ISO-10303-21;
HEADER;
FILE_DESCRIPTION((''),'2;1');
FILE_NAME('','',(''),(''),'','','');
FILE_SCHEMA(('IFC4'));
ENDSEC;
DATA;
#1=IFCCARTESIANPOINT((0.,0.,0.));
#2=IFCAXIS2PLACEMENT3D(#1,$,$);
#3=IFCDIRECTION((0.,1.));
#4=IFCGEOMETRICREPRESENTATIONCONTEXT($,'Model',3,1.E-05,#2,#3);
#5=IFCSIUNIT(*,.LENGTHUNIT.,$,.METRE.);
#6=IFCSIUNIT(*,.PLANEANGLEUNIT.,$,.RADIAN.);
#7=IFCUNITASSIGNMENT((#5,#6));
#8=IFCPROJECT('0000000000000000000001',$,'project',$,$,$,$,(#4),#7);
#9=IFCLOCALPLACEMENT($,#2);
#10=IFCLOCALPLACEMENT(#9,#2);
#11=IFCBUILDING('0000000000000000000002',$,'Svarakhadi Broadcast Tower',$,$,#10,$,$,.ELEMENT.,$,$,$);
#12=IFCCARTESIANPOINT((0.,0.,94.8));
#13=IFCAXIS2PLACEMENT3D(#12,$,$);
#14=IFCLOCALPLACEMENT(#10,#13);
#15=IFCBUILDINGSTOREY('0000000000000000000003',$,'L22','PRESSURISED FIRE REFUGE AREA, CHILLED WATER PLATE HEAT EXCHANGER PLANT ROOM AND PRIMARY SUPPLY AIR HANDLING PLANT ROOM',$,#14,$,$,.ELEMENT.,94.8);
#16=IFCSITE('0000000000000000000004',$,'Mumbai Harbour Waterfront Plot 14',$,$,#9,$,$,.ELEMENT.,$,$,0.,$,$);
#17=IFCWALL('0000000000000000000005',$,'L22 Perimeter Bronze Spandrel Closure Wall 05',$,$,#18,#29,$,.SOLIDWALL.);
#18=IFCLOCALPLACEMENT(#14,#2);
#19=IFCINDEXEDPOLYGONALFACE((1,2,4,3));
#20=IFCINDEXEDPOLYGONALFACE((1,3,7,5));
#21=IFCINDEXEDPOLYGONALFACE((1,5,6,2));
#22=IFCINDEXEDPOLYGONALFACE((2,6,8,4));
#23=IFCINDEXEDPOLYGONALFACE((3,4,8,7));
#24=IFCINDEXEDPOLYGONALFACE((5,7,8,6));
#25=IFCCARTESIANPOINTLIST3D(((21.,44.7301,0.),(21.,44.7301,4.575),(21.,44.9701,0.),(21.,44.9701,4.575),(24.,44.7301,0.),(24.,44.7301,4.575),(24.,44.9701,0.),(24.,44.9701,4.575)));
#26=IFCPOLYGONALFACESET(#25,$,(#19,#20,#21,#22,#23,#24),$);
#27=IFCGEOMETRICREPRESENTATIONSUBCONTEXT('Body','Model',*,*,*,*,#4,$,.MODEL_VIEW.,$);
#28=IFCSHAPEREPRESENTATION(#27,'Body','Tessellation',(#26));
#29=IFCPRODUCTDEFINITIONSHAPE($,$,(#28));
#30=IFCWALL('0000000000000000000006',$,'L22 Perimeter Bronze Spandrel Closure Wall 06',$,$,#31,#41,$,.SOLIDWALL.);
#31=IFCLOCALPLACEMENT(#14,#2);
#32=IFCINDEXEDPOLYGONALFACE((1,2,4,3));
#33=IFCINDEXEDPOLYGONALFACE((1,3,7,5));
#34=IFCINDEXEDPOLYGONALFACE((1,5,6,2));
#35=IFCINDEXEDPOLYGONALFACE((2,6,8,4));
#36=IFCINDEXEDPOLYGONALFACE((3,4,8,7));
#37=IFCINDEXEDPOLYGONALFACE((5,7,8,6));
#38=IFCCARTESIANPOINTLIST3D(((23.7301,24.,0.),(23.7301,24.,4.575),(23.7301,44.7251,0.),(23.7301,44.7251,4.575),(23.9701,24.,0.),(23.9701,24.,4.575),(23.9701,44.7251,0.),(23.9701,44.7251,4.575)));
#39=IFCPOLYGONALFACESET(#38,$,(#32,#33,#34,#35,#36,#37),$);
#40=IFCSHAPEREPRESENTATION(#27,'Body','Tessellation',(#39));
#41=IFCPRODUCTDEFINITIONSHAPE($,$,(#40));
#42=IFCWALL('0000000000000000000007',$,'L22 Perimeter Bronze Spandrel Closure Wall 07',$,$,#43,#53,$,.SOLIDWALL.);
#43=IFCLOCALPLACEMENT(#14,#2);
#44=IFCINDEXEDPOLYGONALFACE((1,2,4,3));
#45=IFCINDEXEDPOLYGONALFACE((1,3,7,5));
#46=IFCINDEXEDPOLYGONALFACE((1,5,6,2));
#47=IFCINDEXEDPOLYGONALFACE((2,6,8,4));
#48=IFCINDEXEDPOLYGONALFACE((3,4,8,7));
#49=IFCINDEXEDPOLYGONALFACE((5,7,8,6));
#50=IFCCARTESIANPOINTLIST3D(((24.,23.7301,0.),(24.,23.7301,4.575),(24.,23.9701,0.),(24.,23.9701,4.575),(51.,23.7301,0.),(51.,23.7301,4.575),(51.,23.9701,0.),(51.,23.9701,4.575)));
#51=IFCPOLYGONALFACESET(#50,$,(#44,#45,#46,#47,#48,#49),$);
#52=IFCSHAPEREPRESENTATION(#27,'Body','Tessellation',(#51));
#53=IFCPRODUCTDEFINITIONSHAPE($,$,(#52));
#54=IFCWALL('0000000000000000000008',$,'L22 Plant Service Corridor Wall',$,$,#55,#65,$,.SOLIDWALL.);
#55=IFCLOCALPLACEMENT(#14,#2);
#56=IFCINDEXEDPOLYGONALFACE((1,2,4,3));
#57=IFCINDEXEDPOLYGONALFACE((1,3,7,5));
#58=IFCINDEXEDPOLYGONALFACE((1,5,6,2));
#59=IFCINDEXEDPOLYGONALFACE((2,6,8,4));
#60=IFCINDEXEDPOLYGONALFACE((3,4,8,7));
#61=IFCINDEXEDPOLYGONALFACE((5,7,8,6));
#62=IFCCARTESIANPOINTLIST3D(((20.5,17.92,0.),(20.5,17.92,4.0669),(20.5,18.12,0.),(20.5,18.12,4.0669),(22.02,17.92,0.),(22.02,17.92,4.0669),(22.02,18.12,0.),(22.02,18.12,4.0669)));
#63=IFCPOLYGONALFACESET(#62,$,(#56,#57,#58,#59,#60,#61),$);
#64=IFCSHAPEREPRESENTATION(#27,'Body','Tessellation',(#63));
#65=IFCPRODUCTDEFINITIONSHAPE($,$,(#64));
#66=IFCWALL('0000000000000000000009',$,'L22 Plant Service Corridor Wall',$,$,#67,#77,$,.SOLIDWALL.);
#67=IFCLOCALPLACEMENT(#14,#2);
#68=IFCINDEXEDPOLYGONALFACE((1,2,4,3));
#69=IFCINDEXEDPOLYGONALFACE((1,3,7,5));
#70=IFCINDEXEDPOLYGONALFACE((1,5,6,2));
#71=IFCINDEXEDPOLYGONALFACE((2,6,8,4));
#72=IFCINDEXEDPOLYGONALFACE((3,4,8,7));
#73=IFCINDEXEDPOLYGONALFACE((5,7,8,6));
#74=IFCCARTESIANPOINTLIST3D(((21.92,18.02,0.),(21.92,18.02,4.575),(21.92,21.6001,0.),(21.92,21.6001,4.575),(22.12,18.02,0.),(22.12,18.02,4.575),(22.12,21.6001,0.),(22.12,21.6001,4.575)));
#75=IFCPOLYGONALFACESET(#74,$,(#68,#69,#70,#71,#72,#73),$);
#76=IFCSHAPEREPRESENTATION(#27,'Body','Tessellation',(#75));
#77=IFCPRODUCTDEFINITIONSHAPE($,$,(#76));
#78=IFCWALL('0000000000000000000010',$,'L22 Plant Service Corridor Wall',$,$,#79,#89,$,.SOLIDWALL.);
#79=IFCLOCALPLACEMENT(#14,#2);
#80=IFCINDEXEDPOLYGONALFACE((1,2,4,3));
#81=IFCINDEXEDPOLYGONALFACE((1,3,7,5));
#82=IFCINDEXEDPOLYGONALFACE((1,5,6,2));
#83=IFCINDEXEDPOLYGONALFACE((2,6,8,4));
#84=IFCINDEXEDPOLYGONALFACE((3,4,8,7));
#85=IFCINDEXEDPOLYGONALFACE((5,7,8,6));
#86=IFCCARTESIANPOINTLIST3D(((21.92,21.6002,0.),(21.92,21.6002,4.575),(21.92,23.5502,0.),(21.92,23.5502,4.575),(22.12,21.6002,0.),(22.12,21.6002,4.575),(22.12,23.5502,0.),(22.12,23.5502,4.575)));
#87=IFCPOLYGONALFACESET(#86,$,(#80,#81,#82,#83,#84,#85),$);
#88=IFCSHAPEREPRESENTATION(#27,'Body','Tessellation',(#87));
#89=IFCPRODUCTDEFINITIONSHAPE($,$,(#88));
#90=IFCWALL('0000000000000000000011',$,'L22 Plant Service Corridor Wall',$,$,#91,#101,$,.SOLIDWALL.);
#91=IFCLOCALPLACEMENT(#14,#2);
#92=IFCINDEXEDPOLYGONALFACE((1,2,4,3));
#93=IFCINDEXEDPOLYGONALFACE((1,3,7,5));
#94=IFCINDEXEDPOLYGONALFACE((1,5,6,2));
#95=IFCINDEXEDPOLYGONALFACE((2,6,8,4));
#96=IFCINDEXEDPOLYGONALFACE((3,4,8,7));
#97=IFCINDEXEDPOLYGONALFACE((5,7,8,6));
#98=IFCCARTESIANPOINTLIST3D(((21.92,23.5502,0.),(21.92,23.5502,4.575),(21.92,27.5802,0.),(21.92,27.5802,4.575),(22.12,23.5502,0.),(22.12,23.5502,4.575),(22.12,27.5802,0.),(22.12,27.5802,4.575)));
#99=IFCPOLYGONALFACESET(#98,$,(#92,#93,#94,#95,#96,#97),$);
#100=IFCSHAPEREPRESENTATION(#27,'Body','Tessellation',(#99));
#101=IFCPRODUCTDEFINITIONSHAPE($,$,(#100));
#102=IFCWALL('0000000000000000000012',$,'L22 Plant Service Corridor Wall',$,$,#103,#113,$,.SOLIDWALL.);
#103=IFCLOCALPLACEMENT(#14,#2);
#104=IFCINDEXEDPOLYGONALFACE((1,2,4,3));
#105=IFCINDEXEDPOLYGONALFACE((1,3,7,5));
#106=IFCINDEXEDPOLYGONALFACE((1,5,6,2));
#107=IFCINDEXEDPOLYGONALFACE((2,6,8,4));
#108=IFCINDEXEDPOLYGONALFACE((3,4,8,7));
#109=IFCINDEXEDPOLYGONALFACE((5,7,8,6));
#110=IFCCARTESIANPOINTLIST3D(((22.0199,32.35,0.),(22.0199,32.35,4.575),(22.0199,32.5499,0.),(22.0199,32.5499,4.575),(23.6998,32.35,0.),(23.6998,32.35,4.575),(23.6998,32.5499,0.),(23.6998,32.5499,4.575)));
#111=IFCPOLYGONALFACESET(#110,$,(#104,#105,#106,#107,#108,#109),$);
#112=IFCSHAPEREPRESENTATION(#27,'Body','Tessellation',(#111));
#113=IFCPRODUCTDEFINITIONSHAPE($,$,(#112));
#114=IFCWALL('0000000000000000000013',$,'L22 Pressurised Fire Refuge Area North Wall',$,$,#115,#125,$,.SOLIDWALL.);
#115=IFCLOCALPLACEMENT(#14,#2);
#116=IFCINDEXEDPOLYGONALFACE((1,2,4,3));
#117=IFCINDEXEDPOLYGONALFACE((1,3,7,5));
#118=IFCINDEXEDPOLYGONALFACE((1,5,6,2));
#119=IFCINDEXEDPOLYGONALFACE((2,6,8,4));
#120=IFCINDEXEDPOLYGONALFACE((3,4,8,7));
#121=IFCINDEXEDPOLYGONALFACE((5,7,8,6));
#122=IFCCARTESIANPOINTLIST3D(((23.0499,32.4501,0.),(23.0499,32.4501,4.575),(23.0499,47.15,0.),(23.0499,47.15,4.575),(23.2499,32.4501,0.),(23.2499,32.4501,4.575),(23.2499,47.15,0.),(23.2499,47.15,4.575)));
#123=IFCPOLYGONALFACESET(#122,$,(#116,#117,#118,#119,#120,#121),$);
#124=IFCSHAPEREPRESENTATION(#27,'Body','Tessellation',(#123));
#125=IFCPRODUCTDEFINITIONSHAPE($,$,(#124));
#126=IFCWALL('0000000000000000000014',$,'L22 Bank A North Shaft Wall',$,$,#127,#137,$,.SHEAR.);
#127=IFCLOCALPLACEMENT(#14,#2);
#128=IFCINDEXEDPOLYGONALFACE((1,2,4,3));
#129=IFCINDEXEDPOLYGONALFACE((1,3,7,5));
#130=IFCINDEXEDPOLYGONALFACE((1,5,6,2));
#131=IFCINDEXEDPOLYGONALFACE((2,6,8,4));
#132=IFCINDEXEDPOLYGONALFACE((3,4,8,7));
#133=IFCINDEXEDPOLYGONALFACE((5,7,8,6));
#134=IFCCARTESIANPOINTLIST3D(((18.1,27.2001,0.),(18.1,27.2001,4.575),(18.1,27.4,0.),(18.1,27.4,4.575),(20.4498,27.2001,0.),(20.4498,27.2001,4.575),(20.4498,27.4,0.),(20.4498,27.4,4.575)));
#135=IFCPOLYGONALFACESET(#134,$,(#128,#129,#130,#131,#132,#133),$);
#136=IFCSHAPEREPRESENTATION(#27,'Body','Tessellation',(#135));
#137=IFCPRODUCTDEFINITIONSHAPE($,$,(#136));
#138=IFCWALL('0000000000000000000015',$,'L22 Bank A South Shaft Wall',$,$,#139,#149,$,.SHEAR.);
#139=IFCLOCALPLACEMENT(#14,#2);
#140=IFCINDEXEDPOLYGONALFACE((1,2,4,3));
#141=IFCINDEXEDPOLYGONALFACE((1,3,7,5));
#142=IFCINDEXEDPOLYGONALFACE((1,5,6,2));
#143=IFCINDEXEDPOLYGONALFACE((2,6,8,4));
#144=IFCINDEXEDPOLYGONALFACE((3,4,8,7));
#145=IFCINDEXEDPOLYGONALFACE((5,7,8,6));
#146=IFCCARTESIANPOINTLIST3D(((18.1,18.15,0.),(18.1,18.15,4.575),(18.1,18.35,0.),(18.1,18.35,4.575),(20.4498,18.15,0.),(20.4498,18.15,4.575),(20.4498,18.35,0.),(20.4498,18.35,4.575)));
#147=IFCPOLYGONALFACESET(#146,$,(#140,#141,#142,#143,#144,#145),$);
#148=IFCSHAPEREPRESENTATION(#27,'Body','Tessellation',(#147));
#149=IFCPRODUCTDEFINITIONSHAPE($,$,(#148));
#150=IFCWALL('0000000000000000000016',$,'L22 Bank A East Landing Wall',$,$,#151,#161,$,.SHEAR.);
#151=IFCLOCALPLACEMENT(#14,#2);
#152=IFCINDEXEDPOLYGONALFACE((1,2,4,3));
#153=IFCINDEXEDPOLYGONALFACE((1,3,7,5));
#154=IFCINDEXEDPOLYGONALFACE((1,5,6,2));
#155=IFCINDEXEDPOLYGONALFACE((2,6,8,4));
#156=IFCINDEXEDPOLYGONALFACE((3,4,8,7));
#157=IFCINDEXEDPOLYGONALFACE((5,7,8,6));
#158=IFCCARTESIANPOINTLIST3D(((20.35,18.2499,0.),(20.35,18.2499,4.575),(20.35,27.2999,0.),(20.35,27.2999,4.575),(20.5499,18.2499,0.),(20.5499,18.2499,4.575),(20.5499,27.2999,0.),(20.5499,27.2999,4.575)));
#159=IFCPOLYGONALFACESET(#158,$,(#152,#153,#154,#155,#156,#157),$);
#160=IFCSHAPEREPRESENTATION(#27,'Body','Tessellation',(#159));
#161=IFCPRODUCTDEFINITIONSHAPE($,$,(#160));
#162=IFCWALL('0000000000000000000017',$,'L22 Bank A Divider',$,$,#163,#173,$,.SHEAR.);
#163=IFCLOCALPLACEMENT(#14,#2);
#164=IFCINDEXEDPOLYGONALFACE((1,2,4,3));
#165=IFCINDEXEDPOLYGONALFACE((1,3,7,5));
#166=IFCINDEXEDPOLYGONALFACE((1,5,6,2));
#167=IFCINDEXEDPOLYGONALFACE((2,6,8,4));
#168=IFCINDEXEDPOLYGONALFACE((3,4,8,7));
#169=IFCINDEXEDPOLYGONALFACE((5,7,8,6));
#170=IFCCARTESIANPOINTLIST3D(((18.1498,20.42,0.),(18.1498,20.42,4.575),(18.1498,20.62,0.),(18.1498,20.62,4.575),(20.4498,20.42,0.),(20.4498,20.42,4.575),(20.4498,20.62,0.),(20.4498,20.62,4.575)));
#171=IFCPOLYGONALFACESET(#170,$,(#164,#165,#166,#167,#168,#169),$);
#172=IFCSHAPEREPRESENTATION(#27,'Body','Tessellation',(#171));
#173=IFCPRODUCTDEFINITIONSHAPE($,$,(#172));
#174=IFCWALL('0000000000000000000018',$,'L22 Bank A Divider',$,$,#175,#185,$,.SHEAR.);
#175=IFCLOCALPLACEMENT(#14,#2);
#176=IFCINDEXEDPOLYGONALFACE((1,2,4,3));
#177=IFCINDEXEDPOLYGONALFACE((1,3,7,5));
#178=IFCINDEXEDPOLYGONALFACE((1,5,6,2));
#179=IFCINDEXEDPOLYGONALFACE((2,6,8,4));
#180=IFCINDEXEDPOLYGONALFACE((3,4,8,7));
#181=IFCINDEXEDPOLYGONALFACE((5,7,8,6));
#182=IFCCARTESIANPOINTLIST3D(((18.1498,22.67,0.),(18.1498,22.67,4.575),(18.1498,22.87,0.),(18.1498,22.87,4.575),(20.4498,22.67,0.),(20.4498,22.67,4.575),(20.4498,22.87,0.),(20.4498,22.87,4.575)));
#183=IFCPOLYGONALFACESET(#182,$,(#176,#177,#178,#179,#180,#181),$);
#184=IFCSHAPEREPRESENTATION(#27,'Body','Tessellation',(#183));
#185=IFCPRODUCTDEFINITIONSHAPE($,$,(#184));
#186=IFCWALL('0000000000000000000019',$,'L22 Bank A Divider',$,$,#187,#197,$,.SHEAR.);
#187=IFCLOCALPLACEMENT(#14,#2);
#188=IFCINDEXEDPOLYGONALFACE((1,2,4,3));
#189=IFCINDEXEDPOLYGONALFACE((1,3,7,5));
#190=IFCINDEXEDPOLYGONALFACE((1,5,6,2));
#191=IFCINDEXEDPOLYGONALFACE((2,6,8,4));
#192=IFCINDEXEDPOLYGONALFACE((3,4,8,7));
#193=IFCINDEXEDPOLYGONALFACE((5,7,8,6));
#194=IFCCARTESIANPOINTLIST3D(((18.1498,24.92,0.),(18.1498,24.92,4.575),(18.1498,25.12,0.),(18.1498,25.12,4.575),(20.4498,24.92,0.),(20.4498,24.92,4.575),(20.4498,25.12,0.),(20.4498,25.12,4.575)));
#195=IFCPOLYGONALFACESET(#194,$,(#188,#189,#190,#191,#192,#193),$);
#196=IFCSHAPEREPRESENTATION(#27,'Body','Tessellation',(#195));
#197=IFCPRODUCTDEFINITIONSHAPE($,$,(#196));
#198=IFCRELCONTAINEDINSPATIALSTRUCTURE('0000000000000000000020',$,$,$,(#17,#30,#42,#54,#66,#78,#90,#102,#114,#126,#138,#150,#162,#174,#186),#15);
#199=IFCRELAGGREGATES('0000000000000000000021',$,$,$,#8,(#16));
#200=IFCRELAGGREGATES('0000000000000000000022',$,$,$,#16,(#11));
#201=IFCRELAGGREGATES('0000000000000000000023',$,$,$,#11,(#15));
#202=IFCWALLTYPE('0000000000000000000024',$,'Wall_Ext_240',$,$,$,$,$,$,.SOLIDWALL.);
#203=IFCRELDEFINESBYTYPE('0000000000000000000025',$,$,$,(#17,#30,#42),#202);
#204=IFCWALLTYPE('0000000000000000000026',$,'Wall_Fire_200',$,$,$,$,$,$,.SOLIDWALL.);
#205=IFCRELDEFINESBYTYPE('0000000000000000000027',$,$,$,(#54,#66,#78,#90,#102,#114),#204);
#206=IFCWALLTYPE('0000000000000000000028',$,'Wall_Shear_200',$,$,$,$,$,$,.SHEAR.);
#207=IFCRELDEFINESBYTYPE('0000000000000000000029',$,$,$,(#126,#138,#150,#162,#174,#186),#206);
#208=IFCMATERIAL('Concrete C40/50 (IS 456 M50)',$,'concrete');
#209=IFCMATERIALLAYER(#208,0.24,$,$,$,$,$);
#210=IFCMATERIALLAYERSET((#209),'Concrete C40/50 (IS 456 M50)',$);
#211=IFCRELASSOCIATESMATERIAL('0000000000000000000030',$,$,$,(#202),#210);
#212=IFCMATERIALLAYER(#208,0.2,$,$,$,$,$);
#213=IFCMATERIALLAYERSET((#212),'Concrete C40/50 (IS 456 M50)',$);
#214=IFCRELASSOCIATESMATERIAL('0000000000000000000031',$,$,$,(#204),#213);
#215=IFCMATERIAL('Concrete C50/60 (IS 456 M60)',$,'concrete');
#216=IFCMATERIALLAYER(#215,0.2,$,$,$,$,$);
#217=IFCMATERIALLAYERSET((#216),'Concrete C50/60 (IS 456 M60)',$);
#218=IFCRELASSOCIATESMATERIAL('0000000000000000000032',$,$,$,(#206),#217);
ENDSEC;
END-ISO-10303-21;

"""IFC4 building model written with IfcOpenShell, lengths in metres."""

from ifc_helpers import new_model, si_unit, direction, frame, frame_2d, origin, place, context, subcontext, project, spatial, rectangle, extrude, material, layer, layer_set, type_object, element, save


model = new_model("IFC4")

# Units and contexts
model_context = context("Model", 3, precision=1e-05, world=origin(), true_north=direction((0.0, 1.0)))
body_context = subcontext(model_context, "Body", "Model", "MODEL_VIEW")
ifc_project = project(units=[si_unit("LENGTHUNIT", "METRE"), si_unit("PLANEANGLEUNIT", "RADIAN")], contexts=[model_context])

# Site, building, storey
site_placement = place(None, origin())
site = spatial("IfcSite", under=ifc_project, at=site_placement, Name="Mumbai Harbour Waterfront Plot 14", CompositionType="ELEMENT", RefElevation=0.0)
building_placement = place(site_placement, origin())
building = spatial("IfcBuilding", under=site, at=building_placement, Name="Svarakhadi Broadcast Tower", CompositionType="ELEMENT")
storey_placement = place(building_placement, frame((0.0, 0.0, 94.8)))
storey = spatial("IfcBuildingStorey", under=building, at=storey_placement, Name="L22", Description="PRESSURISED FIRE REFUGE AREA, CHILLED WATER PLATE HEAT EXCHANGER PLANT ROOM AND PRIMARY SUPPLY AIR HANDLING PLANT ROOM", CompositionType="ELEMENT", Elevation=94.8)

# Walls
ifc_material_1 = material(Name="Concrete C40/50 (IS 456 M50)", Category="concrete")
ifc_layer_1 = layer(ifc_material_1, 0.24)
ifc_layer_set_1 = layer_set([ifc_layer_1], Name="Concrete C40/50 (IS 456 M50)")
wall_type_1 = type_object("IfcWallType", Name="Wall_Ext_240", PredefinedType="SOLIDWALL", material=ifc_layer_set_1)
wall_1_placement = place(storey_placement, frame((21.0, 44.8501, 0.0), z_axis=(0.0, 0.0, 1.0), x_axis=(1.0, 0.0, 0.0)))
element("IfcWall", 1, at=wall_1_placement, inside=storey, type_object=wall_type_1, Name="L22 Perimeter Bronze Spandrel Closure Wall 05", PredefinedType="SOLIDWALL", context=body_context, shape_type="SweptSolid", body=[
    extrude(rectangle(XDim=3.0, YDim=0.24, at=frame_2d((1.5, 0.0))), origin(), (0.0, 0.0, 1.0), 4.575),
])
wall_2_placement = place(storey_placement, frame((23.8501, 44.7251, 0.0), z_axis=(0.0, 0.0, 1.0), x_axis=(0.0, -1.0, 0.0)))
element("IfcWall", 2, at=wall_2_placement, inside=storey, type_object=wall_type_1, Name="L22 Perimeter Bronze Spandrel Closure Wall 06", PredefinedType="SOLIDWALL", context=body_context, shape_type="SweptSolid", body=[
    extrude(rectangle(XDim=20.7251, YDim=0.24, at=frame_2d((10.3625, 0.0))), origin(), (0.0, 0.0, 1.0), 4.575),
])
wall_3_placement = place(storey_placement, frame((24.0, 23.8501, 0.0), z_axis=(0.0, 0.0, 1.0), x_axis=(1.0, 0.0, 0.0)))
element("IfcWall", 3, at=wall_3_placement, inside=storey, type_object=wall_type_1, Name="L22 Perimeter Bronze Spandrel Closure Wall 07", PredefinedType="SOLIDWALL", context=body_context, shape_type="SweptSolid", body=[
    extrude(rectangle(XDim=27.0, YDim=0.24, at=frame_2d((13.5, 0.0))), origin(), (0.0, 0.0, 1.0), 4.575),
])
ifc_layer_2 = layer(ifc_material_1, 0.2)
ifc_layer_set_2 = layer_set([ifc_layer_2], Name="Concrete C40/50 (IS 456 M50)")
wall_type_2 = type_object("IfcWallType", Name="Wall_Fire_200", PredefinedType="SOLIDWALL", material=ifc_layer_set_2)
wall_4_placement = place(storey_placement, frame((20.5, 18.02, 0.0), z_axis=(0.0, 0.0, 1.0), x_axis=(1.0, 0.0, 0.0)))
element("IfcWall", 4, at=wall_4_placement, inside=storey, type_object=wall_type_2, Name="L22 Plant Service Corridor Wall", PredefinedType="SOLIDWALL", context=body_context, shape_type="SweptSolid", body=[
    extrude(rectangle(XDim=1.52, YDim=0.2, at=frame_2d((0.76, 0.0))), origin(), (0.0, 0.0, 1.0), 4.0669),
])
wall_5_placement = place(storey_placement, frame((22.02, 18.02, 0.0), z_axis=(0.0, 0.0, 1.0), x_axis=(0.0, 1.0, 0.0)))
element("IfcWall", 5, at=wall_5_placement, inside=storey, type_object=wall_type_2, Name="L22 Plant Service Corridor Wall", PredefinedType="SOLIDWALL", context=body_context, shape_type="SweptSolid", body=[
    extrude(rectangle(XDim=3.5801, YDim=0.2, at=frame_2d((1.79, 0.0))), origin(), (0.0, 0.0, 1.0), 4.575),
])
wall_6_placement = place(storey_placement, frame((22.02, 21.6001, 0.0), z_axis=(0.0, 0.0, 1.0), x_axis=(0.0, 1.0, 0.0)))
element("IfcWall", 6, at=wall_6_placement, inside=storey, type_object=wall_type_2, Name="L22 Plant Service Corridor Wall", PredefinedType="SOLIDWALL", context=body_context, shape_type="SweptSolid", body=[
    extrude(rectangle(XDim=1.95, YDim=0.2, at=frame_2d((0.9751, 0.0))), origin(), (0.0, 0.0, 1.0), 4.575),
])
wall_7_placement = place(storey_placement, frame((22.02, 23.55, 0.0), z_axis=(0.0, 0.0, 1.0), x_axis=(0.0, 1.0, 0.0)))
element("IfcWall", 7, at=wall_7_placement, inside=storey, type_object=wall_type_2, Name="L22 Plant Service Corridor Wall", PredefinedType="SOLIDWALL", context=body_context, shape_type="SweptSolid", body=[
    extrude(rectangle(XDim=4.03, YDim=0.2, at=frame_2d((2.0151, 0.0))), origin(), (0.0, 0.0, 1.0), 4.575),
])
wall_8_placement = place(storey_placement, frame((22.02, 32.45, 0.0), z_axis=(0.0, 0.0, 1.0), x_axis=(1.0, 0.0, 0.0)))
element("IfcWall", 8, at=wall_8_placement, inside=storey, type_object=wall_type_2, Name="L22 Plant Service Corridor Wall", PredefinedType="SOLIDWALL", context=body_context, shape_type="SweptSolid", body=[
    extrude(rectangle(XDim=1.6799, YDim=0.2, at=frame_2d((0.8398, 0.0))), origin(), (0.0, 0.0, 1.0), 4.575),
])
wall_9_placement = place(storey_placement, frame((23.1499, 32.45, 0.0), z_axis=(0.0, 0.0, 1.0), x_axis=(0.0, 1.0, 0.0)))
element("IfcWall", 9, at=wall_9_placement, inside=storey, type_object=wall_type_2, Name="L22 Pressurised Fire Refuge Area North Wall", PredefinedType="SOLIDWALL", context=body_context, shape_type="SweptSolid", body=[
    extrude(rectangle(XDim=14.7, YDim=0.2, at=frame_2d((7.3501, 0.0))), origin(), (0.0, 0.0, 1.0), 4.575),
])
ifc_material_2 = material(Name="Concrete C50/60 (IS 456 M60)", Category="concrete")
ifc_layer_3 = layer(ifc_material_2, 0.2)
ifc_layer_set_3 = layer_set([ifc_layer_3], Name="Concrete C50/60 (IS 456 M60)")
wall_type_3 = type_object("IfcWallType", Name="Wall_Shear_200", PredefinedType="SHEAR", material=ifc_layer_set_3)
for number, where, z_axis, x_axis, name in (
    (10, (18.1001, 27.3, 0.0), (0.0, 0.0, 1.0), (1.0, 0.0, 0.0), "L22 Bank A North Shaft Wall"),
    (11, (18.1001, 18.25, 0.0), (0.0, 0.0, 1.0), (1.0, 0.0, 0.0), "L22 Bank A South Shaft Wall"),
):
    element("IfcWall", number, at=place(storey_placement, frame(where, z_axis=z_axis, x_axis=x_axis)), inside=storey, type_object=wall_type_3, Name=name, PredefinedType="SHEAR", context=body_context, shape_type="SweptSolid", body=[
        extrude(rectangle(XDim=2.3499, YDim=0.2, at=frame_2d((1.1748, 0.0))), origin(), (0.0, 0.0, 1.0), 4.575),
    ])
wall_10_placement = place(storey_placement, frame((20.45, 18.25, 0.0), z_axis=(0.0, 0.0, 1.0), x_axis=(0.0, 1.0, 0.0)))
element("IfcWall", 12, at=wall_10_placement, inside=storey, type_object=wall_type_3, Name="L22 Bank A East Landing Wall", PredefinedType="SHEAR", context=body_context, shape_type="SweptSolid", body=[
    extrude(rectangle(XDim=9.05, YDim=0.2, at=frame_2d((4.5249, 0.0))), origin(), (0.0, 0.0, 1.0), 4.575),
])
for number, where, z_axis, x_axis, name in (
    (13, (18.1499, 20.52, 0.0), (0.0, 0.0, 1.0), (1.0, 0.0, 0.0), "L22 Bank A Divider"),
    (14, (18.1499, 22.77, 0.0), (0.0, 0.0, 1.0), (1.0, 0.0, 0.0), "L22 Bank A Divider"),
    (15, (18.1499, 25.02, 0.0), (0.0, 0.0, 1.0), (1.0, 0.0, 0.0), "L22 Bank A Divider"),
):
    element("IfcWall", number, at=place(storey_placement, frame(where, z_axis=z_axis, x_axis=x_axis)), inside=storey, type_object=wall_type_3, Name=name, PredefinedType="SHEAR", context=body_context, shape_type="SweptSolid", body=[
        extrude(rectangle(XDim=2.3, YDim=0.2, at=frame_2d((1.1499, 0.0))), origin(), (0.0, 0.0, 1.0), 4.575),
    ])

save(model, "model.ifc")
